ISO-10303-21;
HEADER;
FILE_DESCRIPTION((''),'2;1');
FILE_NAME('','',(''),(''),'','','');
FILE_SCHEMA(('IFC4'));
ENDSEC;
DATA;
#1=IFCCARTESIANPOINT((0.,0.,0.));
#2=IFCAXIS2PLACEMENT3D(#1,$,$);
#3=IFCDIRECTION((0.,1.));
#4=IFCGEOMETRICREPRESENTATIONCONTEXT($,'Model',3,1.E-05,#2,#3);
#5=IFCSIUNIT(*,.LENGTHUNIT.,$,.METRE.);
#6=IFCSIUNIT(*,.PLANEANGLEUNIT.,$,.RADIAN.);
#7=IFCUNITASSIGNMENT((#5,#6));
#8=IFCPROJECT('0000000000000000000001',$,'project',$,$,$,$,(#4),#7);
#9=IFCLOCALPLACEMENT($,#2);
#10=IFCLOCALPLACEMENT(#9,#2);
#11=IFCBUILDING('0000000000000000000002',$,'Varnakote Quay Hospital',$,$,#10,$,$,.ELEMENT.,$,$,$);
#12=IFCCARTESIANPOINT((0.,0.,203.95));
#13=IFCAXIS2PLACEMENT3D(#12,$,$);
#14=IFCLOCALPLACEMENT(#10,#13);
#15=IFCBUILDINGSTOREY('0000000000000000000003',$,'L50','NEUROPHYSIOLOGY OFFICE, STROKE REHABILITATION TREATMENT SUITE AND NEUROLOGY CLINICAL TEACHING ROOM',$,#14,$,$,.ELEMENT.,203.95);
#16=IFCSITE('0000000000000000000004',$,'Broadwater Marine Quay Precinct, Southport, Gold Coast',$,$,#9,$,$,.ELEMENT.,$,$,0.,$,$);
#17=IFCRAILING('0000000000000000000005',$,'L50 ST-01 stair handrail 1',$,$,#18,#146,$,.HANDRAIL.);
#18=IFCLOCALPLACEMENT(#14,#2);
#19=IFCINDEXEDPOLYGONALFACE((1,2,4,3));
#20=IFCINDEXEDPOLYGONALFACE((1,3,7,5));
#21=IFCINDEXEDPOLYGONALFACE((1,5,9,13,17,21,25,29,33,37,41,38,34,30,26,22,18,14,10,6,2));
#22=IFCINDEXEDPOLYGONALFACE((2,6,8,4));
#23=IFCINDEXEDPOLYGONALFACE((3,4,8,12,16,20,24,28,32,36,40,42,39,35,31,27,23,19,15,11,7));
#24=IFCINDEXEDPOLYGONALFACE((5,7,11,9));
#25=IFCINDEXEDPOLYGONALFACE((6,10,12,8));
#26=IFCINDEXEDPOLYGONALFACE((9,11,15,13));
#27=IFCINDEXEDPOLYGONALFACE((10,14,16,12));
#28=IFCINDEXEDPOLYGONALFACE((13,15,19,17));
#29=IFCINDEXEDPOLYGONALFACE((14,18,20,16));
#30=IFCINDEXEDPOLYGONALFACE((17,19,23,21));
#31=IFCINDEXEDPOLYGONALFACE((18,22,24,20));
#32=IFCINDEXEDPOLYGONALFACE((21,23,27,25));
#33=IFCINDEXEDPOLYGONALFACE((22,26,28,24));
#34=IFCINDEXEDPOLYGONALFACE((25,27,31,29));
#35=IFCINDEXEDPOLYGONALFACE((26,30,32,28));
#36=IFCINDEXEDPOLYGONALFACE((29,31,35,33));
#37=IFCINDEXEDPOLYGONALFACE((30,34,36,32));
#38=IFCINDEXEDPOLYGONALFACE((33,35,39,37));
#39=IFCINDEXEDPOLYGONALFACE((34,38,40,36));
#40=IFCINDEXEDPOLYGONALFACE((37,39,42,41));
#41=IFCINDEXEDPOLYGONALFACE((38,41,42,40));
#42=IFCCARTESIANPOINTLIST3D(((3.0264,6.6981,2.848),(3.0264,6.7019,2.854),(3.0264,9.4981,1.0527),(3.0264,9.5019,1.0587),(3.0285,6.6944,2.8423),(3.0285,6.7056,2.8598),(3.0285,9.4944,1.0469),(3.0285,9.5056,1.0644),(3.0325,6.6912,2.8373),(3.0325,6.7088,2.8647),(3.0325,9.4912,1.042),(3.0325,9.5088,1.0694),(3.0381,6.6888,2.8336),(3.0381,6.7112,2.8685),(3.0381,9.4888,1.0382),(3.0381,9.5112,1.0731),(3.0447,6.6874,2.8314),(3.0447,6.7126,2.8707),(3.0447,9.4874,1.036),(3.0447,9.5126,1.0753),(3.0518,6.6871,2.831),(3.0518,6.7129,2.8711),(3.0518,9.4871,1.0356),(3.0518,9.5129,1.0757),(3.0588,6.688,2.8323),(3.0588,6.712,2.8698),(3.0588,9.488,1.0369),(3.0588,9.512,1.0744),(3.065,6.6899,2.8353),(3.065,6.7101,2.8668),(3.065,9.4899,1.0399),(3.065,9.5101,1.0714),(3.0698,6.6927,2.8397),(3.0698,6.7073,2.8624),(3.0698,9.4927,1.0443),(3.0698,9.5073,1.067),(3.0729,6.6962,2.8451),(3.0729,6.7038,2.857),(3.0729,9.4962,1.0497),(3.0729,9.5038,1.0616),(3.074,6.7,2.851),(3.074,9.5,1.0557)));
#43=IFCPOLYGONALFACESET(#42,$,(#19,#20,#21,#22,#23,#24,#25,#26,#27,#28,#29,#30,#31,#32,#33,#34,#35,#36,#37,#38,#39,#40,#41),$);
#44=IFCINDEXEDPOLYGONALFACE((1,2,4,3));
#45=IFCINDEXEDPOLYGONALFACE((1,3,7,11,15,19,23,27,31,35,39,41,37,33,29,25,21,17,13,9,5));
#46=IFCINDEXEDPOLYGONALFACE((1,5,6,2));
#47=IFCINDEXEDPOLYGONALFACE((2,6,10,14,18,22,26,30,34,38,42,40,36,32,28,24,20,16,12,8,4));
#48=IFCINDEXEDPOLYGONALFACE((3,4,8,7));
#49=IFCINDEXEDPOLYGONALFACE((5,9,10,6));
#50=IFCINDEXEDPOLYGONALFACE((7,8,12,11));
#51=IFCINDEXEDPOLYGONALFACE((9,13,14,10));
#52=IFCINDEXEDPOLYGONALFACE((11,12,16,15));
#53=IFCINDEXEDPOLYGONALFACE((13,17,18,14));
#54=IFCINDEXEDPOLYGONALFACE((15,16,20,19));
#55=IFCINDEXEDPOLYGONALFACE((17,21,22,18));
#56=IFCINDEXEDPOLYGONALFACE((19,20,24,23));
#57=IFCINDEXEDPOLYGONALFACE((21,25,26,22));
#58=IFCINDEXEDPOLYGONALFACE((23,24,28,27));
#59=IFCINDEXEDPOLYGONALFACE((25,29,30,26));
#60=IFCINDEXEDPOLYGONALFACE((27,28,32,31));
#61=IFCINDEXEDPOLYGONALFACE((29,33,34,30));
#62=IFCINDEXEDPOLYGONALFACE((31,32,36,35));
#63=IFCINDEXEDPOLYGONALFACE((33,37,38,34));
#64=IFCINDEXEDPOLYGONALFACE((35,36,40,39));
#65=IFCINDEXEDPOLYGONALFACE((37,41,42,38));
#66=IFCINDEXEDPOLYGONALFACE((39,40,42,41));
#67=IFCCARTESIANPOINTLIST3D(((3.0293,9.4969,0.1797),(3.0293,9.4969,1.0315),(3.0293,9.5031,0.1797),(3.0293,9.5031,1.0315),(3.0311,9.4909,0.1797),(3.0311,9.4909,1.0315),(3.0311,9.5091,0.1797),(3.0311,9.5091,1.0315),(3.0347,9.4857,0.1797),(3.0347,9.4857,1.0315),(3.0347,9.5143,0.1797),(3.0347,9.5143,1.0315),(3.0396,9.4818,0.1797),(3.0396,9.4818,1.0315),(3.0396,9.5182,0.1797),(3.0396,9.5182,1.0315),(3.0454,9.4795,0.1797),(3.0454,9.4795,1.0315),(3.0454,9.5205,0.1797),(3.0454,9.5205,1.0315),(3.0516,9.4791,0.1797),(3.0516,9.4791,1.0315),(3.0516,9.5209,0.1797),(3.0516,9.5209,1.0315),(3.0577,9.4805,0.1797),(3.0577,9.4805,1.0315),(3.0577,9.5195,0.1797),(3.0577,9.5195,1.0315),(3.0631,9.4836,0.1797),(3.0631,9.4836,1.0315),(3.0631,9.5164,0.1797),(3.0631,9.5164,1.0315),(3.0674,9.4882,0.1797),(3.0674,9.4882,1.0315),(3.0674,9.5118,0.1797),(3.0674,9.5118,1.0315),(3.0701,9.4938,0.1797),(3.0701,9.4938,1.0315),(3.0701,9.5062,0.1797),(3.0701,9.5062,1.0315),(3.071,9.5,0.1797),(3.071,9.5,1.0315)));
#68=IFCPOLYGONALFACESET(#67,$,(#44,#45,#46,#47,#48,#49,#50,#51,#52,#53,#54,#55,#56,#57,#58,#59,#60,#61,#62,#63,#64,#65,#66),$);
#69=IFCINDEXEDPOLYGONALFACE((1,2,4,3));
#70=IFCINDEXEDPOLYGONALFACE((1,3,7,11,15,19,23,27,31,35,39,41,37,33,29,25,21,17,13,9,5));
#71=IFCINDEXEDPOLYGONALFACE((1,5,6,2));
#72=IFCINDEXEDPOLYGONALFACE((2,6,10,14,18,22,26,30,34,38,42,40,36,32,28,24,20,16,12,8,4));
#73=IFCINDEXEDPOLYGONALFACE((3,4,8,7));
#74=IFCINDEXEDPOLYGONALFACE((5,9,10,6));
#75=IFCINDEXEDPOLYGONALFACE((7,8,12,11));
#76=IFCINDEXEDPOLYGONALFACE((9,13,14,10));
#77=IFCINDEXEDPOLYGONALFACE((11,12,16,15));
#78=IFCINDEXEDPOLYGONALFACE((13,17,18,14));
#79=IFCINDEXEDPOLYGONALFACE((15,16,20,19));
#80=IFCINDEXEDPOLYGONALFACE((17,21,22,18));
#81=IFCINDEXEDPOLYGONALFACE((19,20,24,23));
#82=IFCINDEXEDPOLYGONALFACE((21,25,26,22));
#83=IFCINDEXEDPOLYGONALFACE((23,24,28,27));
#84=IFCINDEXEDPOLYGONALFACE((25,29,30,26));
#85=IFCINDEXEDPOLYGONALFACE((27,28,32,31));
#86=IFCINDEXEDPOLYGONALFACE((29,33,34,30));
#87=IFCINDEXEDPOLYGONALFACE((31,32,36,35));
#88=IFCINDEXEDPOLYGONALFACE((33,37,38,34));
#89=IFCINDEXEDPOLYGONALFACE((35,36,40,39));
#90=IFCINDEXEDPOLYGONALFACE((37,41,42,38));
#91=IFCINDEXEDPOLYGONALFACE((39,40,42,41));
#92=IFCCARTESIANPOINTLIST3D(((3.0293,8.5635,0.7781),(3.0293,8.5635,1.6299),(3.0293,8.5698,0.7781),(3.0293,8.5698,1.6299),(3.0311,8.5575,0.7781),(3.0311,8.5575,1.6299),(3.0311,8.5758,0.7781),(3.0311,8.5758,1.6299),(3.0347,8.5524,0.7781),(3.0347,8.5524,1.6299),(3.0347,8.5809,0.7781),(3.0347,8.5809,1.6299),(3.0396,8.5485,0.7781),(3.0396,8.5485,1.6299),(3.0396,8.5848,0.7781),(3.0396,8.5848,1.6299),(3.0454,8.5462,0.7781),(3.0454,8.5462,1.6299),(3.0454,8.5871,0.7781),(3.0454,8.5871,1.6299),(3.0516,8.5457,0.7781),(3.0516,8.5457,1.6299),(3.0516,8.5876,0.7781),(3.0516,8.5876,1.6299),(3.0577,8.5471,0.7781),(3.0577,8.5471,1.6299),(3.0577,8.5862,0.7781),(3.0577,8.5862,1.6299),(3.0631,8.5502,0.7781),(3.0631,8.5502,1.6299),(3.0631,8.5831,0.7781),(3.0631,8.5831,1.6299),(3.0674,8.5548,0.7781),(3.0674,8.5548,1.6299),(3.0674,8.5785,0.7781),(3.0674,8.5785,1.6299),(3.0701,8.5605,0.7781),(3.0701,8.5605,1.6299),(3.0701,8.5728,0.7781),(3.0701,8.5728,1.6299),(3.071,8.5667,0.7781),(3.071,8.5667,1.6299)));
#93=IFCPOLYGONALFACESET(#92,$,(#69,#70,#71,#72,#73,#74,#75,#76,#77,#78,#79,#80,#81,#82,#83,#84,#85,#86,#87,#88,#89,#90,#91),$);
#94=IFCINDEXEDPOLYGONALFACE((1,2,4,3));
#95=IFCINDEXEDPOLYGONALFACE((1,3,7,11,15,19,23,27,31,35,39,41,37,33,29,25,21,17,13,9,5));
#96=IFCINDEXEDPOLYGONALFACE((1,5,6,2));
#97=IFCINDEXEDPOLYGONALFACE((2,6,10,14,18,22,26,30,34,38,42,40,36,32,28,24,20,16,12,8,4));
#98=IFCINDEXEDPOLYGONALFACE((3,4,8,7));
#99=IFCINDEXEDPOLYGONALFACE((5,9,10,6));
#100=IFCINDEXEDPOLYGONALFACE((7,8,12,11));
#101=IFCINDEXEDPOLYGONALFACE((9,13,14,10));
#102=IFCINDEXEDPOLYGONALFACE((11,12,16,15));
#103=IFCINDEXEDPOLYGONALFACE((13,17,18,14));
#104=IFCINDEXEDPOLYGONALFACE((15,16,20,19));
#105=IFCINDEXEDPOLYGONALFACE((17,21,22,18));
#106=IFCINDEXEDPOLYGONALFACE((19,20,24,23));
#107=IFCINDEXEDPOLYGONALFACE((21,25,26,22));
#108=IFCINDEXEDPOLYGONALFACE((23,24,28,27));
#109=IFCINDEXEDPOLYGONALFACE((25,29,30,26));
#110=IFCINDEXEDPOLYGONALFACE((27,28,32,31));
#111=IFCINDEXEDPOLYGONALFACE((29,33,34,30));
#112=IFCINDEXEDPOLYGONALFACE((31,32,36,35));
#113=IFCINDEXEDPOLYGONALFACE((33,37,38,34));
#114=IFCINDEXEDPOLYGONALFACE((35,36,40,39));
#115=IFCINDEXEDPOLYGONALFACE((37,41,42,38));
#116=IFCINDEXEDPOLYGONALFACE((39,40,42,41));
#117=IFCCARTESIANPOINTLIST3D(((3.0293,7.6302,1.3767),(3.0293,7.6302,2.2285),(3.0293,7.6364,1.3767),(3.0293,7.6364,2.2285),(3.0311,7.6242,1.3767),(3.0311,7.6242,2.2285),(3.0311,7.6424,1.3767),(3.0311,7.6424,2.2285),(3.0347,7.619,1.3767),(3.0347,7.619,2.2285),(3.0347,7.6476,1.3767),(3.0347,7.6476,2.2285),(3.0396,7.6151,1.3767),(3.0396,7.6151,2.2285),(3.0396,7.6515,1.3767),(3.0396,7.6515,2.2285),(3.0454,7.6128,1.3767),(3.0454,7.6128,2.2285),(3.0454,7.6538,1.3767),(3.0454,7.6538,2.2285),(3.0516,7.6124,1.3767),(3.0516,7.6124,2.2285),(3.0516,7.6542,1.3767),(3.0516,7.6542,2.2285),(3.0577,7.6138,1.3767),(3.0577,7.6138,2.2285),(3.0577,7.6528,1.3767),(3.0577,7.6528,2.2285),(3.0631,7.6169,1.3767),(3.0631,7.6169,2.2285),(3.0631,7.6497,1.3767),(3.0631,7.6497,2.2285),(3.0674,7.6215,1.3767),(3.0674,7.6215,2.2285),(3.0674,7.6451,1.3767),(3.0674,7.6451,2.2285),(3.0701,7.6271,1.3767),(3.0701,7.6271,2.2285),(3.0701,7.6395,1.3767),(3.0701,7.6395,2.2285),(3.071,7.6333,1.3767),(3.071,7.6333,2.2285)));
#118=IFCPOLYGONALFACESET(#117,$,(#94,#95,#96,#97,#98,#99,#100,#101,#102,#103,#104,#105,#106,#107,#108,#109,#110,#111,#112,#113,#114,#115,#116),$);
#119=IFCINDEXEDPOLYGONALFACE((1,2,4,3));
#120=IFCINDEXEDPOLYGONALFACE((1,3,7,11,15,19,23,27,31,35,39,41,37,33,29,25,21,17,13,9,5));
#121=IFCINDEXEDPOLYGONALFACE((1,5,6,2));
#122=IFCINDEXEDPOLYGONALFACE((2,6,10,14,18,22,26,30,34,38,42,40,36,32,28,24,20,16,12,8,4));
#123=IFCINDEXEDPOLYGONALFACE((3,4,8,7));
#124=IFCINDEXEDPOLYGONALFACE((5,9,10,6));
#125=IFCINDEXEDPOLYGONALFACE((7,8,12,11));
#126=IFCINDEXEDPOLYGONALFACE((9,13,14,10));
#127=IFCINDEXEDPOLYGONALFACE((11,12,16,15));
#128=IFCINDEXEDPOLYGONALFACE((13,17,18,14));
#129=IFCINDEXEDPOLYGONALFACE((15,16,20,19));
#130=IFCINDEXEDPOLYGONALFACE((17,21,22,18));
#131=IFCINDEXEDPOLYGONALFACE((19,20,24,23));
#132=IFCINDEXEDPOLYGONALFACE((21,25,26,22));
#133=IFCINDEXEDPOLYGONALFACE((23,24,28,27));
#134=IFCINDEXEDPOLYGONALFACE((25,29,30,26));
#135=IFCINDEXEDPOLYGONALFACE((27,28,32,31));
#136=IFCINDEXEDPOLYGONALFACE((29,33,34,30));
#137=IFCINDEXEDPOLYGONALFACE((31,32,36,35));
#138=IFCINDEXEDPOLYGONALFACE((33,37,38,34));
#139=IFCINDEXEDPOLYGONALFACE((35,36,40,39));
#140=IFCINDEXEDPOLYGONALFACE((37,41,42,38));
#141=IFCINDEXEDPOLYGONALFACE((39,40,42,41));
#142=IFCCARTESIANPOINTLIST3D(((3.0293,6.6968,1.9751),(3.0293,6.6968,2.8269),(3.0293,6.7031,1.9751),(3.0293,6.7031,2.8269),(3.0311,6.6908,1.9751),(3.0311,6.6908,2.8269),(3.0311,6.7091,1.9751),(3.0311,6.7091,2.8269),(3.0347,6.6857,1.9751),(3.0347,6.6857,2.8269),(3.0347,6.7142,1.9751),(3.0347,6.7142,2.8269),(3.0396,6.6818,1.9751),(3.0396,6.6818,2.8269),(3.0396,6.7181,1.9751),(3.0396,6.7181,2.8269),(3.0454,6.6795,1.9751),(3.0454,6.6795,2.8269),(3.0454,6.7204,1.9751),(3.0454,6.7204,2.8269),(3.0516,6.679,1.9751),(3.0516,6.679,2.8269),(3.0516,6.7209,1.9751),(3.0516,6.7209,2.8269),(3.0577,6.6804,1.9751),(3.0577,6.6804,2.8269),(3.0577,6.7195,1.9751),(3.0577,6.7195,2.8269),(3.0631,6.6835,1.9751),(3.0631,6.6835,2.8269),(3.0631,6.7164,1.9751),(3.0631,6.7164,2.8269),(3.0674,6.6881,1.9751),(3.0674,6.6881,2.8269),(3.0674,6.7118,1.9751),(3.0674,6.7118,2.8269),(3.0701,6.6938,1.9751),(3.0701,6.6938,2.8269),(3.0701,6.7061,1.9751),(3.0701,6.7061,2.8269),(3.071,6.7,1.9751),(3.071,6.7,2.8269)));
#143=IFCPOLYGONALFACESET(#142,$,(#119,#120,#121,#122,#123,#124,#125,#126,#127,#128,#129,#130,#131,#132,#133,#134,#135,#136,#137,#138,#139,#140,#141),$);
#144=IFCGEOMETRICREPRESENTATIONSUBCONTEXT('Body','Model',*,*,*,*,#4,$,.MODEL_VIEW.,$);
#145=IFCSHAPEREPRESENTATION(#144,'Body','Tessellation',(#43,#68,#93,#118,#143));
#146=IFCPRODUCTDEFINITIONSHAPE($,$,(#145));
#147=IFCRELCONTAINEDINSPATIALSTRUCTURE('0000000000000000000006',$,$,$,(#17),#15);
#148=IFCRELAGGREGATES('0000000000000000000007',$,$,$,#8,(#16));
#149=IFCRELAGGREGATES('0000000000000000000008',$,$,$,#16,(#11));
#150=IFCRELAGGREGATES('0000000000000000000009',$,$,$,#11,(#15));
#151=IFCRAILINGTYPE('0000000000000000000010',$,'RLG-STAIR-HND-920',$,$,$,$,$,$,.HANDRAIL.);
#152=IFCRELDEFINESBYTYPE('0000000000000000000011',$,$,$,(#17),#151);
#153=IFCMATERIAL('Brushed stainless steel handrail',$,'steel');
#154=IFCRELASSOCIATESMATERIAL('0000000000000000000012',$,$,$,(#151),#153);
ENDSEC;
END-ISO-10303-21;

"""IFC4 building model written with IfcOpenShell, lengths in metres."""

from ifc_helpers import new_model, si_unit, direction, frame, origin, origin_2d, place, context, subcontext, project, spatial, circle, extrude, material, type_object, element, save


model = new_model("IFC4")

# Units and contexts
model_context = context("Model", 3, precision=1e-05, world=origin(), true_north=direction((0.0, 1.0)))
body_context = subcontext(model_context, "Body", "Model", "MODEL_VIEW")
ifc_project = project(units=[si_unit("LENGTHUNIT", "METRE"), si_unit("PLANEANGLEUNIT", "RADIAN")], contexts=[model_context])

# Site, building, storey
site_placement = place(None, origin())
site = spatial("IfcSite", under=ifc_project, at=site_placement, Name="Broadwater Marine Quay Precinct, Southport, Gold Coast", CompositionType="ELEMENT", RefElevation=0.0)
building_placement = place(site_placement, origin())
building = spatial("IfcBuilding", under=site, at=building_placement, Name="Varnakote Quay Hospital", CompositionType="ELEMENT")
storey_placement = place(building_placement, frame((0.0, 0.0, 203.95)))
storey = spatial("IfcBuildingStorey", under=building, at=storey_placement, Name="L50", Description="NEUROPHYSIOLOGY OFFICE, STROKE REHABILITATION TREATMENT SUITE AND NEUROLOGY CLINICAL TEACHING ROOM", CompositionType="ELEMENT", Elevation=203.95)

# Railing
ifc_material_1 = material(Name="Brushed stainless steel handrail", Category="steel")
railing_type_1 = type_object("IfcRailingType", Name="RLG-STAIR-HND-920", PredefinedType="HANDRAIL", material=ifc_material_1)
railing_1_placement = place(storey_placement, frame((3.05, 9.5, 0.1797)))
element("IfcRailing", 1, at=railing_1_placement, inside=storey, type_object=railing_type_1, Name="L50 ST-01 stair handrail 1", PredefinedType="HANDRAIL", context=body_context, shape_type="SweptSolid", body=[
    extrude(circle(Radius=0.0239, at=origin_2d()), frame((0.0, 0.0, 0.876), z_axis=(0.0, -0.84181, 0.539774), x_axis=(1.0, 0.0, 0.0)), (0.0, 0.0, 1.0), 3.3262),
    extrude(circle(Radius=0.021, at=origin_2d()), origin(), (0.0, 0.0, 1.0), 0.8518),
    extrude(circle(Radius=0.021, at=origin_2d()), frame((0.0, -0.9333, 0.5984)), (0.0, 0.0, 1.0), 0.8518),
    extrude(circle(Radius=0.021, at=origin_2d()), frame((0.0, -1.8667, 1.197)), (0.0, 0.0, 1.0), 0.8518),
    extrude(circle(Radius=0.021, at=origin_2d()), frame((0.0, -2.8, 1.7954)), (0.0, 0.0, 1.0), 0.8518),
])

save(model, "model.ifc")
